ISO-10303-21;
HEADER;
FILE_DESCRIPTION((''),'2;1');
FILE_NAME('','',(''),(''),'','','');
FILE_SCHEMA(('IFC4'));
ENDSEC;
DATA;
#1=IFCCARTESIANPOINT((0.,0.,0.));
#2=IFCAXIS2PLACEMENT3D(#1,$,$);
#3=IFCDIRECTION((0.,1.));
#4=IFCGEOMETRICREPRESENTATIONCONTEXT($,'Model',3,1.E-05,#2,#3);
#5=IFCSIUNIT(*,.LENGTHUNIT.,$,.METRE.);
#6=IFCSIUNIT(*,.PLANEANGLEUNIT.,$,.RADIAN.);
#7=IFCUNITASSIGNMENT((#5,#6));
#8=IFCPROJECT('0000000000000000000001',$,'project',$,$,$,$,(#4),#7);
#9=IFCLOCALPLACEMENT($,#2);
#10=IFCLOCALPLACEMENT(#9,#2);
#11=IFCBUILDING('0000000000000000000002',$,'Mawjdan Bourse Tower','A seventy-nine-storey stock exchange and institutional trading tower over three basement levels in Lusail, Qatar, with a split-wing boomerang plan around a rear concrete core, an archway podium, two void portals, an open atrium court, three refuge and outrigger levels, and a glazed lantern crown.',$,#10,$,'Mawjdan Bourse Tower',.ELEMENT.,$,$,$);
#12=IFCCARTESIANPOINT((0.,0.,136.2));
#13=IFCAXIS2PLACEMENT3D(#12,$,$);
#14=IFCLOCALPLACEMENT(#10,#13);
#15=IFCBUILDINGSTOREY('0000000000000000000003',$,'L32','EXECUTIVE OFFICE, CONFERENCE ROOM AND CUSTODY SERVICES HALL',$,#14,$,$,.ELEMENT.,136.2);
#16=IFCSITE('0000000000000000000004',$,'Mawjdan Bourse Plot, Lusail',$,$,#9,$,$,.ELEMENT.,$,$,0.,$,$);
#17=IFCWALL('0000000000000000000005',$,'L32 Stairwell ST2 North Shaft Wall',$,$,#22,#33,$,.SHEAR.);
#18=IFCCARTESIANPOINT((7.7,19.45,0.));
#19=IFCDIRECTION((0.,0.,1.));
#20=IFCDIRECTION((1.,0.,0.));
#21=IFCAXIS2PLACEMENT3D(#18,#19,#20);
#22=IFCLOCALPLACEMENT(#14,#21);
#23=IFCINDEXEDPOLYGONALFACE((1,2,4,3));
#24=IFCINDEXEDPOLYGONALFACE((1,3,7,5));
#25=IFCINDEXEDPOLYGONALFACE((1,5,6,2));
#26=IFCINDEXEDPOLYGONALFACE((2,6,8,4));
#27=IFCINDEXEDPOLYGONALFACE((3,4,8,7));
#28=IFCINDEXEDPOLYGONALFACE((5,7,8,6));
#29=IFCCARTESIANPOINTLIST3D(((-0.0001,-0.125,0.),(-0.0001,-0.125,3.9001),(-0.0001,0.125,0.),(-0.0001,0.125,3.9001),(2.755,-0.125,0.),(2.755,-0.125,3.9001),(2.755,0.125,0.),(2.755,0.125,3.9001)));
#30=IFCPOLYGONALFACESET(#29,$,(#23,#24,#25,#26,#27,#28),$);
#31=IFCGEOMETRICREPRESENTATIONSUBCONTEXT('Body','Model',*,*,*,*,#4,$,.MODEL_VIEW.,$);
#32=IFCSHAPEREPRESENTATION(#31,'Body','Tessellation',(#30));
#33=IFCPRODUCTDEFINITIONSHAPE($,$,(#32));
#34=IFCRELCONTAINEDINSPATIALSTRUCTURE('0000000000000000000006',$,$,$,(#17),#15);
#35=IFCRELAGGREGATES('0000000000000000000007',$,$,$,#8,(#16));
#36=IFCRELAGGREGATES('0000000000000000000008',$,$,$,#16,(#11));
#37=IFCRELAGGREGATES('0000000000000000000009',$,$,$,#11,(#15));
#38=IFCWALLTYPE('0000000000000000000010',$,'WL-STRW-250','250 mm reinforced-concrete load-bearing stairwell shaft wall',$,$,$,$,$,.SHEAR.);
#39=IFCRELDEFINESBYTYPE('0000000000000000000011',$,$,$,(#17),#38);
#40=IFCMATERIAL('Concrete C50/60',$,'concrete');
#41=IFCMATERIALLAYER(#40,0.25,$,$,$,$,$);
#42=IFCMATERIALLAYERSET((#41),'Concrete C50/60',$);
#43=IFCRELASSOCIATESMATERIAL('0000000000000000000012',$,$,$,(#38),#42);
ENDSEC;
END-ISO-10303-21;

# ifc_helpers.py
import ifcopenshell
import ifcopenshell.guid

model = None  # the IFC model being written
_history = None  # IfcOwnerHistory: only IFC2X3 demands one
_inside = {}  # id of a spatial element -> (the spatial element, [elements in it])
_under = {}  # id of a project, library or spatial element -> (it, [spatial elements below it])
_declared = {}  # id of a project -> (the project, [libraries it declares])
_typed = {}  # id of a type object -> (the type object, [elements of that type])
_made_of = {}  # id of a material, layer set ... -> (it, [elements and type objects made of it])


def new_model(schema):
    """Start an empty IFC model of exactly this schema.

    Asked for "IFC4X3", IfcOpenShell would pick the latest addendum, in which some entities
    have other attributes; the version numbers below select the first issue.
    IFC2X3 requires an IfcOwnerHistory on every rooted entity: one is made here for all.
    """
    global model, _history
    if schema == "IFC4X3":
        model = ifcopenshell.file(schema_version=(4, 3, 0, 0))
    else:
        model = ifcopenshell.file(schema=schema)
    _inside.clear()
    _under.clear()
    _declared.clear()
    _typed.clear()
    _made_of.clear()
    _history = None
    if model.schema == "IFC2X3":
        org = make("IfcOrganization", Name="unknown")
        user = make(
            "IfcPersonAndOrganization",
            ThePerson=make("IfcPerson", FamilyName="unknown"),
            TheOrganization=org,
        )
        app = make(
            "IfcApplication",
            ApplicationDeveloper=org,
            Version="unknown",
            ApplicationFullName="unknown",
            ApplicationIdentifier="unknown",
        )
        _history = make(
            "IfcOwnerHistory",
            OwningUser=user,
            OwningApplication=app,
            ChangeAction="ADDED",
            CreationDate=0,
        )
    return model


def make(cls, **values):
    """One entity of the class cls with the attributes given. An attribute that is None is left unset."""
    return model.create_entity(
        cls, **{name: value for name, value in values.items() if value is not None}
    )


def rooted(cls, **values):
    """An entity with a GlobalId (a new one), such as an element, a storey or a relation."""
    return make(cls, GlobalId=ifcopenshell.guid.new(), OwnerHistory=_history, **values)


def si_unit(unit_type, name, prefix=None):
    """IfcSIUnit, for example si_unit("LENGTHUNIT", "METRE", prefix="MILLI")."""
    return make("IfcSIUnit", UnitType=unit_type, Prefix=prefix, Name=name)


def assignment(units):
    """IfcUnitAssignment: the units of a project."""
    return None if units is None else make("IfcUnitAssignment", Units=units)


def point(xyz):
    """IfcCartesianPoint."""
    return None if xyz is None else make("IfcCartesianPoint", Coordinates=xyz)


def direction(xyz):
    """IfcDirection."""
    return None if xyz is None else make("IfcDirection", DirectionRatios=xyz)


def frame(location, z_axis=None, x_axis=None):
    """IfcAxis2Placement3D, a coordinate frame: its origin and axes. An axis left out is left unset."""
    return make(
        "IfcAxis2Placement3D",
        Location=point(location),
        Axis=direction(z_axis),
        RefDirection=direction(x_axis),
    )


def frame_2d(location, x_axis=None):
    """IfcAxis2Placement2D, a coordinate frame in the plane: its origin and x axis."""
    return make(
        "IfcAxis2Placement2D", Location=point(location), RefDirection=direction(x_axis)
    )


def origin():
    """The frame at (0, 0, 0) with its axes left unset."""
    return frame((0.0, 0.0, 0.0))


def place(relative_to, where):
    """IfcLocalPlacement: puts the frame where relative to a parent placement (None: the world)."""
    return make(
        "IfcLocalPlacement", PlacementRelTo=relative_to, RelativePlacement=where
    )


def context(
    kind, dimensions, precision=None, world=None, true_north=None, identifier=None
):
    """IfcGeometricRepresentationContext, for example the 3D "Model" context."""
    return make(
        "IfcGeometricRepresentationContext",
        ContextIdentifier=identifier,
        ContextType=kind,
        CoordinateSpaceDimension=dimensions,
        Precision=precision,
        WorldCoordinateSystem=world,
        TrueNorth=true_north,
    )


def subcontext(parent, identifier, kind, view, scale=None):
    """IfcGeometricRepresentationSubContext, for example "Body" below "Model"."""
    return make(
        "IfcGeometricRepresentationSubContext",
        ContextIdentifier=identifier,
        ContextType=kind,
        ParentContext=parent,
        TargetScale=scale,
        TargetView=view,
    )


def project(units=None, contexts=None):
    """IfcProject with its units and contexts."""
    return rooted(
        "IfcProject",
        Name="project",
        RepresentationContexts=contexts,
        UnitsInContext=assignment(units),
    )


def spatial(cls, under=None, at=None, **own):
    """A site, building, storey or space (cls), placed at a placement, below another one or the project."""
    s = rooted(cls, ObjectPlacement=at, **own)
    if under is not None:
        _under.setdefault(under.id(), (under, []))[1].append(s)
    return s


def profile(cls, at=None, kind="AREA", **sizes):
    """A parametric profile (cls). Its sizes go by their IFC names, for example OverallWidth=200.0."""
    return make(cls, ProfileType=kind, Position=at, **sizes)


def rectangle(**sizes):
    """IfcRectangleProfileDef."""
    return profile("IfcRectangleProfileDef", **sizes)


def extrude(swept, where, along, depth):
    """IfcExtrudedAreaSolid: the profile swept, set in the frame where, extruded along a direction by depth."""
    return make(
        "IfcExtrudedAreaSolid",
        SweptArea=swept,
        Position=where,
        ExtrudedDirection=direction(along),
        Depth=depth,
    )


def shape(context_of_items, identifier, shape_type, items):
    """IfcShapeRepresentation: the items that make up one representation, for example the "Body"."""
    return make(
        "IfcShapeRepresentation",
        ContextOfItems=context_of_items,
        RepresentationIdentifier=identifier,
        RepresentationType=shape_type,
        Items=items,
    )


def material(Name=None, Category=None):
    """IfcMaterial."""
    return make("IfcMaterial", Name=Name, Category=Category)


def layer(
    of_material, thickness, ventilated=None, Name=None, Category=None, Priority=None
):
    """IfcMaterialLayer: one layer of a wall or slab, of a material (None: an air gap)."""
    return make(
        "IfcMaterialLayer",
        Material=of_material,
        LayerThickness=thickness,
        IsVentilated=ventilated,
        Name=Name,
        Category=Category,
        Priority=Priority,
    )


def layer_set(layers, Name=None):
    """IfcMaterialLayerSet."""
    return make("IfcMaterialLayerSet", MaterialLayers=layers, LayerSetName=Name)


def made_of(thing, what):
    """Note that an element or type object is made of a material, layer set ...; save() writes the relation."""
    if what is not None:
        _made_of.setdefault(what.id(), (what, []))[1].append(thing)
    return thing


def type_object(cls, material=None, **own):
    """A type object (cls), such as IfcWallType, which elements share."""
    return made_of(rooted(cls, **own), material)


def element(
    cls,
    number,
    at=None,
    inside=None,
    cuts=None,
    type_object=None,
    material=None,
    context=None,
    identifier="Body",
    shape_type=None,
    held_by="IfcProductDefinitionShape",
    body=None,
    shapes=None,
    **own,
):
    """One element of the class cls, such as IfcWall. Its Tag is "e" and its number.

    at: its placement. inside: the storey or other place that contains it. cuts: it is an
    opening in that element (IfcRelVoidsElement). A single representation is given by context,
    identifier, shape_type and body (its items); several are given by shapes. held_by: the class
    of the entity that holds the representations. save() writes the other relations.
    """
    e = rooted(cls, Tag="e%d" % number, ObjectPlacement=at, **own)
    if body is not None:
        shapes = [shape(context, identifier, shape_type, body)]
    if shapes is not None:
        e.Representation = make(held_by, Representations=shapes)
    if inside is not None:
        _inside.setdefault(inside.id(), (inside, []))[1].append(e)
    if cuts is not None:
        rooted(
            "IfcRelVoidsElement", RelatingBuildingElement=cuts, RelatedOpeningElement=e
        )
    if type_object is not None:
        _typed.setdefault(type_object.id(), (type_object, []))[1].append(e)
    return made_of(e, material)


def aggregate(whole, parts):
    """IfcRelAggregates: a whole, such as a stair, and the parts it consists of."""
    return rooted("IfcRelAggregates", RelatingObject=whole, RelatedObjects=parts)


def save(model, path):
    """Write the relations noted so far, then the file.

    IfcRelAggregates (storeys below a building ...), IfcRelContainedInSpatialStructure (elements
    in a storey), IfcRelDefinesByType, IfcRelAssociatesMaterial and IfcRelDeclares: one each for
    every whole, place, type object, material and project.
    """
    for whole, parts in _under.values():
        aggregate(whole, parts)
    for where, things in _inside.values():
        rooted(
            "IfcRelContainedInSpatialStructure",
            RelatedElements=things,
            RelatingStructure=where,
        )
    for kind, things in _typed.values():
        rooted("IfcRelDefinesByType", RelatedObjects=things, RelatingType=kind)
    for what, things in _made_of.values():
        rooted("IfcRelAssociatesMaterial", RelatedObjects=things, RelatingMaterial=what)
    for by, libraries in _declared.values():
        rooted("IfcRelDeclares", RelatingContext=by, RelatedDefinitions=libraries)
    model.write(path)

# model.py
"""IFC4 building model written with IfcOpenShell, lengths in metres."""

from ifc_helpers import new_model, si_unit, direction, frame, frame_2d, origin, place, context, subcontext, project, spatial, rectangle, extrude, material, layer, layer_set, type_object, element, save


model = new_model("IFC4")

# Units and contexts
model_context = context("Model", 3, precision=1e-05, world=origin(), true_north=direction((0.0, 1.0)))
body_context = subcontext(model_context, "Body", "Model", "MODEL_VIEW")
ifc_project = project(units=[si_unit("LENGTHUNIT", "METRE"), si_unit("PLANEANGLEUNIT", "RADIAN")], contexts=[model_context])

# Site, building, storey
site_placement = place(None, origin())
site = spatial("IfcSite", under=ifc_project, at=site_placement, Name="Mawjdan Bourse Plot, Lusail", CompositionType="ELEMENT", RefElevation=0.0)
building_placement = place(site_placement, origin())
building = spatial("IfcBuilding", under=site, at=building_placement, Name="Mawjdan Bourse Tower", Description="A seventy-nine-storey stock exchange and institutional trading tower over three basement levels in Lusail, Qatar, with a split-wing boomerang plan around a rear concrete core, an archway podium, two void portals, an open atrium court, three refuge and outrigger levels, and a glazed lantern crown.", LongName="Mawjdan Bourse Tower", CompositionType="ELEMENT")
storey_placement = place(building_placement, frame((0.0, 0.0, 136.2)))
storey = spatial("IfcBuildingStorey", under=building, at=storey_placement, Name="L32", Description="EXECUTIVE OFFICE, CONFERENCE ROOM AND CUSTODY SERVICES HALL", CompositionType="ELEMENT", Elevation=136.2)

# Wall
ifc_material_1 = material(Name="Concrete C50/60", Category="concrete")
ifc_layer_1 = layer(ifc_material_1, 0.25)
ifc_layer_set_1 = layer_set([ifc_layer_1], Name="Concrete C50/60")
wall_type_1 = type_object("IfcWallType", Name="WL-STRW-250", Description="250 mm reinforced-concrete load-bearing stairwell shaft wall", PredefinedType="SHEAR", material=ifc_layer_set_1)
wall_1_placement = place(storey_placement, frame((7.7, 19.45, 0.0), z_axis=(0.0, 0.0, 1.0), x_axis=(1.0, 0.0, 0.0)))
element("IfcWall", 1, at=wall_1_placement, inside=storey, type_object=wall_type_1, Name="L32 Stairwell ST2 North Shaft Wall", PredefinedType="SHEAR", context=body_context, shape_type="SweptSolid", body=[
    extrude(rectangle(XDim=2.7551, YDim=0.25, at=frame_2d((1.3774, 0.0))), origin(), (0.0, 0.0, 1.0), 3.9001),
])

save(model, "model.ifc")
